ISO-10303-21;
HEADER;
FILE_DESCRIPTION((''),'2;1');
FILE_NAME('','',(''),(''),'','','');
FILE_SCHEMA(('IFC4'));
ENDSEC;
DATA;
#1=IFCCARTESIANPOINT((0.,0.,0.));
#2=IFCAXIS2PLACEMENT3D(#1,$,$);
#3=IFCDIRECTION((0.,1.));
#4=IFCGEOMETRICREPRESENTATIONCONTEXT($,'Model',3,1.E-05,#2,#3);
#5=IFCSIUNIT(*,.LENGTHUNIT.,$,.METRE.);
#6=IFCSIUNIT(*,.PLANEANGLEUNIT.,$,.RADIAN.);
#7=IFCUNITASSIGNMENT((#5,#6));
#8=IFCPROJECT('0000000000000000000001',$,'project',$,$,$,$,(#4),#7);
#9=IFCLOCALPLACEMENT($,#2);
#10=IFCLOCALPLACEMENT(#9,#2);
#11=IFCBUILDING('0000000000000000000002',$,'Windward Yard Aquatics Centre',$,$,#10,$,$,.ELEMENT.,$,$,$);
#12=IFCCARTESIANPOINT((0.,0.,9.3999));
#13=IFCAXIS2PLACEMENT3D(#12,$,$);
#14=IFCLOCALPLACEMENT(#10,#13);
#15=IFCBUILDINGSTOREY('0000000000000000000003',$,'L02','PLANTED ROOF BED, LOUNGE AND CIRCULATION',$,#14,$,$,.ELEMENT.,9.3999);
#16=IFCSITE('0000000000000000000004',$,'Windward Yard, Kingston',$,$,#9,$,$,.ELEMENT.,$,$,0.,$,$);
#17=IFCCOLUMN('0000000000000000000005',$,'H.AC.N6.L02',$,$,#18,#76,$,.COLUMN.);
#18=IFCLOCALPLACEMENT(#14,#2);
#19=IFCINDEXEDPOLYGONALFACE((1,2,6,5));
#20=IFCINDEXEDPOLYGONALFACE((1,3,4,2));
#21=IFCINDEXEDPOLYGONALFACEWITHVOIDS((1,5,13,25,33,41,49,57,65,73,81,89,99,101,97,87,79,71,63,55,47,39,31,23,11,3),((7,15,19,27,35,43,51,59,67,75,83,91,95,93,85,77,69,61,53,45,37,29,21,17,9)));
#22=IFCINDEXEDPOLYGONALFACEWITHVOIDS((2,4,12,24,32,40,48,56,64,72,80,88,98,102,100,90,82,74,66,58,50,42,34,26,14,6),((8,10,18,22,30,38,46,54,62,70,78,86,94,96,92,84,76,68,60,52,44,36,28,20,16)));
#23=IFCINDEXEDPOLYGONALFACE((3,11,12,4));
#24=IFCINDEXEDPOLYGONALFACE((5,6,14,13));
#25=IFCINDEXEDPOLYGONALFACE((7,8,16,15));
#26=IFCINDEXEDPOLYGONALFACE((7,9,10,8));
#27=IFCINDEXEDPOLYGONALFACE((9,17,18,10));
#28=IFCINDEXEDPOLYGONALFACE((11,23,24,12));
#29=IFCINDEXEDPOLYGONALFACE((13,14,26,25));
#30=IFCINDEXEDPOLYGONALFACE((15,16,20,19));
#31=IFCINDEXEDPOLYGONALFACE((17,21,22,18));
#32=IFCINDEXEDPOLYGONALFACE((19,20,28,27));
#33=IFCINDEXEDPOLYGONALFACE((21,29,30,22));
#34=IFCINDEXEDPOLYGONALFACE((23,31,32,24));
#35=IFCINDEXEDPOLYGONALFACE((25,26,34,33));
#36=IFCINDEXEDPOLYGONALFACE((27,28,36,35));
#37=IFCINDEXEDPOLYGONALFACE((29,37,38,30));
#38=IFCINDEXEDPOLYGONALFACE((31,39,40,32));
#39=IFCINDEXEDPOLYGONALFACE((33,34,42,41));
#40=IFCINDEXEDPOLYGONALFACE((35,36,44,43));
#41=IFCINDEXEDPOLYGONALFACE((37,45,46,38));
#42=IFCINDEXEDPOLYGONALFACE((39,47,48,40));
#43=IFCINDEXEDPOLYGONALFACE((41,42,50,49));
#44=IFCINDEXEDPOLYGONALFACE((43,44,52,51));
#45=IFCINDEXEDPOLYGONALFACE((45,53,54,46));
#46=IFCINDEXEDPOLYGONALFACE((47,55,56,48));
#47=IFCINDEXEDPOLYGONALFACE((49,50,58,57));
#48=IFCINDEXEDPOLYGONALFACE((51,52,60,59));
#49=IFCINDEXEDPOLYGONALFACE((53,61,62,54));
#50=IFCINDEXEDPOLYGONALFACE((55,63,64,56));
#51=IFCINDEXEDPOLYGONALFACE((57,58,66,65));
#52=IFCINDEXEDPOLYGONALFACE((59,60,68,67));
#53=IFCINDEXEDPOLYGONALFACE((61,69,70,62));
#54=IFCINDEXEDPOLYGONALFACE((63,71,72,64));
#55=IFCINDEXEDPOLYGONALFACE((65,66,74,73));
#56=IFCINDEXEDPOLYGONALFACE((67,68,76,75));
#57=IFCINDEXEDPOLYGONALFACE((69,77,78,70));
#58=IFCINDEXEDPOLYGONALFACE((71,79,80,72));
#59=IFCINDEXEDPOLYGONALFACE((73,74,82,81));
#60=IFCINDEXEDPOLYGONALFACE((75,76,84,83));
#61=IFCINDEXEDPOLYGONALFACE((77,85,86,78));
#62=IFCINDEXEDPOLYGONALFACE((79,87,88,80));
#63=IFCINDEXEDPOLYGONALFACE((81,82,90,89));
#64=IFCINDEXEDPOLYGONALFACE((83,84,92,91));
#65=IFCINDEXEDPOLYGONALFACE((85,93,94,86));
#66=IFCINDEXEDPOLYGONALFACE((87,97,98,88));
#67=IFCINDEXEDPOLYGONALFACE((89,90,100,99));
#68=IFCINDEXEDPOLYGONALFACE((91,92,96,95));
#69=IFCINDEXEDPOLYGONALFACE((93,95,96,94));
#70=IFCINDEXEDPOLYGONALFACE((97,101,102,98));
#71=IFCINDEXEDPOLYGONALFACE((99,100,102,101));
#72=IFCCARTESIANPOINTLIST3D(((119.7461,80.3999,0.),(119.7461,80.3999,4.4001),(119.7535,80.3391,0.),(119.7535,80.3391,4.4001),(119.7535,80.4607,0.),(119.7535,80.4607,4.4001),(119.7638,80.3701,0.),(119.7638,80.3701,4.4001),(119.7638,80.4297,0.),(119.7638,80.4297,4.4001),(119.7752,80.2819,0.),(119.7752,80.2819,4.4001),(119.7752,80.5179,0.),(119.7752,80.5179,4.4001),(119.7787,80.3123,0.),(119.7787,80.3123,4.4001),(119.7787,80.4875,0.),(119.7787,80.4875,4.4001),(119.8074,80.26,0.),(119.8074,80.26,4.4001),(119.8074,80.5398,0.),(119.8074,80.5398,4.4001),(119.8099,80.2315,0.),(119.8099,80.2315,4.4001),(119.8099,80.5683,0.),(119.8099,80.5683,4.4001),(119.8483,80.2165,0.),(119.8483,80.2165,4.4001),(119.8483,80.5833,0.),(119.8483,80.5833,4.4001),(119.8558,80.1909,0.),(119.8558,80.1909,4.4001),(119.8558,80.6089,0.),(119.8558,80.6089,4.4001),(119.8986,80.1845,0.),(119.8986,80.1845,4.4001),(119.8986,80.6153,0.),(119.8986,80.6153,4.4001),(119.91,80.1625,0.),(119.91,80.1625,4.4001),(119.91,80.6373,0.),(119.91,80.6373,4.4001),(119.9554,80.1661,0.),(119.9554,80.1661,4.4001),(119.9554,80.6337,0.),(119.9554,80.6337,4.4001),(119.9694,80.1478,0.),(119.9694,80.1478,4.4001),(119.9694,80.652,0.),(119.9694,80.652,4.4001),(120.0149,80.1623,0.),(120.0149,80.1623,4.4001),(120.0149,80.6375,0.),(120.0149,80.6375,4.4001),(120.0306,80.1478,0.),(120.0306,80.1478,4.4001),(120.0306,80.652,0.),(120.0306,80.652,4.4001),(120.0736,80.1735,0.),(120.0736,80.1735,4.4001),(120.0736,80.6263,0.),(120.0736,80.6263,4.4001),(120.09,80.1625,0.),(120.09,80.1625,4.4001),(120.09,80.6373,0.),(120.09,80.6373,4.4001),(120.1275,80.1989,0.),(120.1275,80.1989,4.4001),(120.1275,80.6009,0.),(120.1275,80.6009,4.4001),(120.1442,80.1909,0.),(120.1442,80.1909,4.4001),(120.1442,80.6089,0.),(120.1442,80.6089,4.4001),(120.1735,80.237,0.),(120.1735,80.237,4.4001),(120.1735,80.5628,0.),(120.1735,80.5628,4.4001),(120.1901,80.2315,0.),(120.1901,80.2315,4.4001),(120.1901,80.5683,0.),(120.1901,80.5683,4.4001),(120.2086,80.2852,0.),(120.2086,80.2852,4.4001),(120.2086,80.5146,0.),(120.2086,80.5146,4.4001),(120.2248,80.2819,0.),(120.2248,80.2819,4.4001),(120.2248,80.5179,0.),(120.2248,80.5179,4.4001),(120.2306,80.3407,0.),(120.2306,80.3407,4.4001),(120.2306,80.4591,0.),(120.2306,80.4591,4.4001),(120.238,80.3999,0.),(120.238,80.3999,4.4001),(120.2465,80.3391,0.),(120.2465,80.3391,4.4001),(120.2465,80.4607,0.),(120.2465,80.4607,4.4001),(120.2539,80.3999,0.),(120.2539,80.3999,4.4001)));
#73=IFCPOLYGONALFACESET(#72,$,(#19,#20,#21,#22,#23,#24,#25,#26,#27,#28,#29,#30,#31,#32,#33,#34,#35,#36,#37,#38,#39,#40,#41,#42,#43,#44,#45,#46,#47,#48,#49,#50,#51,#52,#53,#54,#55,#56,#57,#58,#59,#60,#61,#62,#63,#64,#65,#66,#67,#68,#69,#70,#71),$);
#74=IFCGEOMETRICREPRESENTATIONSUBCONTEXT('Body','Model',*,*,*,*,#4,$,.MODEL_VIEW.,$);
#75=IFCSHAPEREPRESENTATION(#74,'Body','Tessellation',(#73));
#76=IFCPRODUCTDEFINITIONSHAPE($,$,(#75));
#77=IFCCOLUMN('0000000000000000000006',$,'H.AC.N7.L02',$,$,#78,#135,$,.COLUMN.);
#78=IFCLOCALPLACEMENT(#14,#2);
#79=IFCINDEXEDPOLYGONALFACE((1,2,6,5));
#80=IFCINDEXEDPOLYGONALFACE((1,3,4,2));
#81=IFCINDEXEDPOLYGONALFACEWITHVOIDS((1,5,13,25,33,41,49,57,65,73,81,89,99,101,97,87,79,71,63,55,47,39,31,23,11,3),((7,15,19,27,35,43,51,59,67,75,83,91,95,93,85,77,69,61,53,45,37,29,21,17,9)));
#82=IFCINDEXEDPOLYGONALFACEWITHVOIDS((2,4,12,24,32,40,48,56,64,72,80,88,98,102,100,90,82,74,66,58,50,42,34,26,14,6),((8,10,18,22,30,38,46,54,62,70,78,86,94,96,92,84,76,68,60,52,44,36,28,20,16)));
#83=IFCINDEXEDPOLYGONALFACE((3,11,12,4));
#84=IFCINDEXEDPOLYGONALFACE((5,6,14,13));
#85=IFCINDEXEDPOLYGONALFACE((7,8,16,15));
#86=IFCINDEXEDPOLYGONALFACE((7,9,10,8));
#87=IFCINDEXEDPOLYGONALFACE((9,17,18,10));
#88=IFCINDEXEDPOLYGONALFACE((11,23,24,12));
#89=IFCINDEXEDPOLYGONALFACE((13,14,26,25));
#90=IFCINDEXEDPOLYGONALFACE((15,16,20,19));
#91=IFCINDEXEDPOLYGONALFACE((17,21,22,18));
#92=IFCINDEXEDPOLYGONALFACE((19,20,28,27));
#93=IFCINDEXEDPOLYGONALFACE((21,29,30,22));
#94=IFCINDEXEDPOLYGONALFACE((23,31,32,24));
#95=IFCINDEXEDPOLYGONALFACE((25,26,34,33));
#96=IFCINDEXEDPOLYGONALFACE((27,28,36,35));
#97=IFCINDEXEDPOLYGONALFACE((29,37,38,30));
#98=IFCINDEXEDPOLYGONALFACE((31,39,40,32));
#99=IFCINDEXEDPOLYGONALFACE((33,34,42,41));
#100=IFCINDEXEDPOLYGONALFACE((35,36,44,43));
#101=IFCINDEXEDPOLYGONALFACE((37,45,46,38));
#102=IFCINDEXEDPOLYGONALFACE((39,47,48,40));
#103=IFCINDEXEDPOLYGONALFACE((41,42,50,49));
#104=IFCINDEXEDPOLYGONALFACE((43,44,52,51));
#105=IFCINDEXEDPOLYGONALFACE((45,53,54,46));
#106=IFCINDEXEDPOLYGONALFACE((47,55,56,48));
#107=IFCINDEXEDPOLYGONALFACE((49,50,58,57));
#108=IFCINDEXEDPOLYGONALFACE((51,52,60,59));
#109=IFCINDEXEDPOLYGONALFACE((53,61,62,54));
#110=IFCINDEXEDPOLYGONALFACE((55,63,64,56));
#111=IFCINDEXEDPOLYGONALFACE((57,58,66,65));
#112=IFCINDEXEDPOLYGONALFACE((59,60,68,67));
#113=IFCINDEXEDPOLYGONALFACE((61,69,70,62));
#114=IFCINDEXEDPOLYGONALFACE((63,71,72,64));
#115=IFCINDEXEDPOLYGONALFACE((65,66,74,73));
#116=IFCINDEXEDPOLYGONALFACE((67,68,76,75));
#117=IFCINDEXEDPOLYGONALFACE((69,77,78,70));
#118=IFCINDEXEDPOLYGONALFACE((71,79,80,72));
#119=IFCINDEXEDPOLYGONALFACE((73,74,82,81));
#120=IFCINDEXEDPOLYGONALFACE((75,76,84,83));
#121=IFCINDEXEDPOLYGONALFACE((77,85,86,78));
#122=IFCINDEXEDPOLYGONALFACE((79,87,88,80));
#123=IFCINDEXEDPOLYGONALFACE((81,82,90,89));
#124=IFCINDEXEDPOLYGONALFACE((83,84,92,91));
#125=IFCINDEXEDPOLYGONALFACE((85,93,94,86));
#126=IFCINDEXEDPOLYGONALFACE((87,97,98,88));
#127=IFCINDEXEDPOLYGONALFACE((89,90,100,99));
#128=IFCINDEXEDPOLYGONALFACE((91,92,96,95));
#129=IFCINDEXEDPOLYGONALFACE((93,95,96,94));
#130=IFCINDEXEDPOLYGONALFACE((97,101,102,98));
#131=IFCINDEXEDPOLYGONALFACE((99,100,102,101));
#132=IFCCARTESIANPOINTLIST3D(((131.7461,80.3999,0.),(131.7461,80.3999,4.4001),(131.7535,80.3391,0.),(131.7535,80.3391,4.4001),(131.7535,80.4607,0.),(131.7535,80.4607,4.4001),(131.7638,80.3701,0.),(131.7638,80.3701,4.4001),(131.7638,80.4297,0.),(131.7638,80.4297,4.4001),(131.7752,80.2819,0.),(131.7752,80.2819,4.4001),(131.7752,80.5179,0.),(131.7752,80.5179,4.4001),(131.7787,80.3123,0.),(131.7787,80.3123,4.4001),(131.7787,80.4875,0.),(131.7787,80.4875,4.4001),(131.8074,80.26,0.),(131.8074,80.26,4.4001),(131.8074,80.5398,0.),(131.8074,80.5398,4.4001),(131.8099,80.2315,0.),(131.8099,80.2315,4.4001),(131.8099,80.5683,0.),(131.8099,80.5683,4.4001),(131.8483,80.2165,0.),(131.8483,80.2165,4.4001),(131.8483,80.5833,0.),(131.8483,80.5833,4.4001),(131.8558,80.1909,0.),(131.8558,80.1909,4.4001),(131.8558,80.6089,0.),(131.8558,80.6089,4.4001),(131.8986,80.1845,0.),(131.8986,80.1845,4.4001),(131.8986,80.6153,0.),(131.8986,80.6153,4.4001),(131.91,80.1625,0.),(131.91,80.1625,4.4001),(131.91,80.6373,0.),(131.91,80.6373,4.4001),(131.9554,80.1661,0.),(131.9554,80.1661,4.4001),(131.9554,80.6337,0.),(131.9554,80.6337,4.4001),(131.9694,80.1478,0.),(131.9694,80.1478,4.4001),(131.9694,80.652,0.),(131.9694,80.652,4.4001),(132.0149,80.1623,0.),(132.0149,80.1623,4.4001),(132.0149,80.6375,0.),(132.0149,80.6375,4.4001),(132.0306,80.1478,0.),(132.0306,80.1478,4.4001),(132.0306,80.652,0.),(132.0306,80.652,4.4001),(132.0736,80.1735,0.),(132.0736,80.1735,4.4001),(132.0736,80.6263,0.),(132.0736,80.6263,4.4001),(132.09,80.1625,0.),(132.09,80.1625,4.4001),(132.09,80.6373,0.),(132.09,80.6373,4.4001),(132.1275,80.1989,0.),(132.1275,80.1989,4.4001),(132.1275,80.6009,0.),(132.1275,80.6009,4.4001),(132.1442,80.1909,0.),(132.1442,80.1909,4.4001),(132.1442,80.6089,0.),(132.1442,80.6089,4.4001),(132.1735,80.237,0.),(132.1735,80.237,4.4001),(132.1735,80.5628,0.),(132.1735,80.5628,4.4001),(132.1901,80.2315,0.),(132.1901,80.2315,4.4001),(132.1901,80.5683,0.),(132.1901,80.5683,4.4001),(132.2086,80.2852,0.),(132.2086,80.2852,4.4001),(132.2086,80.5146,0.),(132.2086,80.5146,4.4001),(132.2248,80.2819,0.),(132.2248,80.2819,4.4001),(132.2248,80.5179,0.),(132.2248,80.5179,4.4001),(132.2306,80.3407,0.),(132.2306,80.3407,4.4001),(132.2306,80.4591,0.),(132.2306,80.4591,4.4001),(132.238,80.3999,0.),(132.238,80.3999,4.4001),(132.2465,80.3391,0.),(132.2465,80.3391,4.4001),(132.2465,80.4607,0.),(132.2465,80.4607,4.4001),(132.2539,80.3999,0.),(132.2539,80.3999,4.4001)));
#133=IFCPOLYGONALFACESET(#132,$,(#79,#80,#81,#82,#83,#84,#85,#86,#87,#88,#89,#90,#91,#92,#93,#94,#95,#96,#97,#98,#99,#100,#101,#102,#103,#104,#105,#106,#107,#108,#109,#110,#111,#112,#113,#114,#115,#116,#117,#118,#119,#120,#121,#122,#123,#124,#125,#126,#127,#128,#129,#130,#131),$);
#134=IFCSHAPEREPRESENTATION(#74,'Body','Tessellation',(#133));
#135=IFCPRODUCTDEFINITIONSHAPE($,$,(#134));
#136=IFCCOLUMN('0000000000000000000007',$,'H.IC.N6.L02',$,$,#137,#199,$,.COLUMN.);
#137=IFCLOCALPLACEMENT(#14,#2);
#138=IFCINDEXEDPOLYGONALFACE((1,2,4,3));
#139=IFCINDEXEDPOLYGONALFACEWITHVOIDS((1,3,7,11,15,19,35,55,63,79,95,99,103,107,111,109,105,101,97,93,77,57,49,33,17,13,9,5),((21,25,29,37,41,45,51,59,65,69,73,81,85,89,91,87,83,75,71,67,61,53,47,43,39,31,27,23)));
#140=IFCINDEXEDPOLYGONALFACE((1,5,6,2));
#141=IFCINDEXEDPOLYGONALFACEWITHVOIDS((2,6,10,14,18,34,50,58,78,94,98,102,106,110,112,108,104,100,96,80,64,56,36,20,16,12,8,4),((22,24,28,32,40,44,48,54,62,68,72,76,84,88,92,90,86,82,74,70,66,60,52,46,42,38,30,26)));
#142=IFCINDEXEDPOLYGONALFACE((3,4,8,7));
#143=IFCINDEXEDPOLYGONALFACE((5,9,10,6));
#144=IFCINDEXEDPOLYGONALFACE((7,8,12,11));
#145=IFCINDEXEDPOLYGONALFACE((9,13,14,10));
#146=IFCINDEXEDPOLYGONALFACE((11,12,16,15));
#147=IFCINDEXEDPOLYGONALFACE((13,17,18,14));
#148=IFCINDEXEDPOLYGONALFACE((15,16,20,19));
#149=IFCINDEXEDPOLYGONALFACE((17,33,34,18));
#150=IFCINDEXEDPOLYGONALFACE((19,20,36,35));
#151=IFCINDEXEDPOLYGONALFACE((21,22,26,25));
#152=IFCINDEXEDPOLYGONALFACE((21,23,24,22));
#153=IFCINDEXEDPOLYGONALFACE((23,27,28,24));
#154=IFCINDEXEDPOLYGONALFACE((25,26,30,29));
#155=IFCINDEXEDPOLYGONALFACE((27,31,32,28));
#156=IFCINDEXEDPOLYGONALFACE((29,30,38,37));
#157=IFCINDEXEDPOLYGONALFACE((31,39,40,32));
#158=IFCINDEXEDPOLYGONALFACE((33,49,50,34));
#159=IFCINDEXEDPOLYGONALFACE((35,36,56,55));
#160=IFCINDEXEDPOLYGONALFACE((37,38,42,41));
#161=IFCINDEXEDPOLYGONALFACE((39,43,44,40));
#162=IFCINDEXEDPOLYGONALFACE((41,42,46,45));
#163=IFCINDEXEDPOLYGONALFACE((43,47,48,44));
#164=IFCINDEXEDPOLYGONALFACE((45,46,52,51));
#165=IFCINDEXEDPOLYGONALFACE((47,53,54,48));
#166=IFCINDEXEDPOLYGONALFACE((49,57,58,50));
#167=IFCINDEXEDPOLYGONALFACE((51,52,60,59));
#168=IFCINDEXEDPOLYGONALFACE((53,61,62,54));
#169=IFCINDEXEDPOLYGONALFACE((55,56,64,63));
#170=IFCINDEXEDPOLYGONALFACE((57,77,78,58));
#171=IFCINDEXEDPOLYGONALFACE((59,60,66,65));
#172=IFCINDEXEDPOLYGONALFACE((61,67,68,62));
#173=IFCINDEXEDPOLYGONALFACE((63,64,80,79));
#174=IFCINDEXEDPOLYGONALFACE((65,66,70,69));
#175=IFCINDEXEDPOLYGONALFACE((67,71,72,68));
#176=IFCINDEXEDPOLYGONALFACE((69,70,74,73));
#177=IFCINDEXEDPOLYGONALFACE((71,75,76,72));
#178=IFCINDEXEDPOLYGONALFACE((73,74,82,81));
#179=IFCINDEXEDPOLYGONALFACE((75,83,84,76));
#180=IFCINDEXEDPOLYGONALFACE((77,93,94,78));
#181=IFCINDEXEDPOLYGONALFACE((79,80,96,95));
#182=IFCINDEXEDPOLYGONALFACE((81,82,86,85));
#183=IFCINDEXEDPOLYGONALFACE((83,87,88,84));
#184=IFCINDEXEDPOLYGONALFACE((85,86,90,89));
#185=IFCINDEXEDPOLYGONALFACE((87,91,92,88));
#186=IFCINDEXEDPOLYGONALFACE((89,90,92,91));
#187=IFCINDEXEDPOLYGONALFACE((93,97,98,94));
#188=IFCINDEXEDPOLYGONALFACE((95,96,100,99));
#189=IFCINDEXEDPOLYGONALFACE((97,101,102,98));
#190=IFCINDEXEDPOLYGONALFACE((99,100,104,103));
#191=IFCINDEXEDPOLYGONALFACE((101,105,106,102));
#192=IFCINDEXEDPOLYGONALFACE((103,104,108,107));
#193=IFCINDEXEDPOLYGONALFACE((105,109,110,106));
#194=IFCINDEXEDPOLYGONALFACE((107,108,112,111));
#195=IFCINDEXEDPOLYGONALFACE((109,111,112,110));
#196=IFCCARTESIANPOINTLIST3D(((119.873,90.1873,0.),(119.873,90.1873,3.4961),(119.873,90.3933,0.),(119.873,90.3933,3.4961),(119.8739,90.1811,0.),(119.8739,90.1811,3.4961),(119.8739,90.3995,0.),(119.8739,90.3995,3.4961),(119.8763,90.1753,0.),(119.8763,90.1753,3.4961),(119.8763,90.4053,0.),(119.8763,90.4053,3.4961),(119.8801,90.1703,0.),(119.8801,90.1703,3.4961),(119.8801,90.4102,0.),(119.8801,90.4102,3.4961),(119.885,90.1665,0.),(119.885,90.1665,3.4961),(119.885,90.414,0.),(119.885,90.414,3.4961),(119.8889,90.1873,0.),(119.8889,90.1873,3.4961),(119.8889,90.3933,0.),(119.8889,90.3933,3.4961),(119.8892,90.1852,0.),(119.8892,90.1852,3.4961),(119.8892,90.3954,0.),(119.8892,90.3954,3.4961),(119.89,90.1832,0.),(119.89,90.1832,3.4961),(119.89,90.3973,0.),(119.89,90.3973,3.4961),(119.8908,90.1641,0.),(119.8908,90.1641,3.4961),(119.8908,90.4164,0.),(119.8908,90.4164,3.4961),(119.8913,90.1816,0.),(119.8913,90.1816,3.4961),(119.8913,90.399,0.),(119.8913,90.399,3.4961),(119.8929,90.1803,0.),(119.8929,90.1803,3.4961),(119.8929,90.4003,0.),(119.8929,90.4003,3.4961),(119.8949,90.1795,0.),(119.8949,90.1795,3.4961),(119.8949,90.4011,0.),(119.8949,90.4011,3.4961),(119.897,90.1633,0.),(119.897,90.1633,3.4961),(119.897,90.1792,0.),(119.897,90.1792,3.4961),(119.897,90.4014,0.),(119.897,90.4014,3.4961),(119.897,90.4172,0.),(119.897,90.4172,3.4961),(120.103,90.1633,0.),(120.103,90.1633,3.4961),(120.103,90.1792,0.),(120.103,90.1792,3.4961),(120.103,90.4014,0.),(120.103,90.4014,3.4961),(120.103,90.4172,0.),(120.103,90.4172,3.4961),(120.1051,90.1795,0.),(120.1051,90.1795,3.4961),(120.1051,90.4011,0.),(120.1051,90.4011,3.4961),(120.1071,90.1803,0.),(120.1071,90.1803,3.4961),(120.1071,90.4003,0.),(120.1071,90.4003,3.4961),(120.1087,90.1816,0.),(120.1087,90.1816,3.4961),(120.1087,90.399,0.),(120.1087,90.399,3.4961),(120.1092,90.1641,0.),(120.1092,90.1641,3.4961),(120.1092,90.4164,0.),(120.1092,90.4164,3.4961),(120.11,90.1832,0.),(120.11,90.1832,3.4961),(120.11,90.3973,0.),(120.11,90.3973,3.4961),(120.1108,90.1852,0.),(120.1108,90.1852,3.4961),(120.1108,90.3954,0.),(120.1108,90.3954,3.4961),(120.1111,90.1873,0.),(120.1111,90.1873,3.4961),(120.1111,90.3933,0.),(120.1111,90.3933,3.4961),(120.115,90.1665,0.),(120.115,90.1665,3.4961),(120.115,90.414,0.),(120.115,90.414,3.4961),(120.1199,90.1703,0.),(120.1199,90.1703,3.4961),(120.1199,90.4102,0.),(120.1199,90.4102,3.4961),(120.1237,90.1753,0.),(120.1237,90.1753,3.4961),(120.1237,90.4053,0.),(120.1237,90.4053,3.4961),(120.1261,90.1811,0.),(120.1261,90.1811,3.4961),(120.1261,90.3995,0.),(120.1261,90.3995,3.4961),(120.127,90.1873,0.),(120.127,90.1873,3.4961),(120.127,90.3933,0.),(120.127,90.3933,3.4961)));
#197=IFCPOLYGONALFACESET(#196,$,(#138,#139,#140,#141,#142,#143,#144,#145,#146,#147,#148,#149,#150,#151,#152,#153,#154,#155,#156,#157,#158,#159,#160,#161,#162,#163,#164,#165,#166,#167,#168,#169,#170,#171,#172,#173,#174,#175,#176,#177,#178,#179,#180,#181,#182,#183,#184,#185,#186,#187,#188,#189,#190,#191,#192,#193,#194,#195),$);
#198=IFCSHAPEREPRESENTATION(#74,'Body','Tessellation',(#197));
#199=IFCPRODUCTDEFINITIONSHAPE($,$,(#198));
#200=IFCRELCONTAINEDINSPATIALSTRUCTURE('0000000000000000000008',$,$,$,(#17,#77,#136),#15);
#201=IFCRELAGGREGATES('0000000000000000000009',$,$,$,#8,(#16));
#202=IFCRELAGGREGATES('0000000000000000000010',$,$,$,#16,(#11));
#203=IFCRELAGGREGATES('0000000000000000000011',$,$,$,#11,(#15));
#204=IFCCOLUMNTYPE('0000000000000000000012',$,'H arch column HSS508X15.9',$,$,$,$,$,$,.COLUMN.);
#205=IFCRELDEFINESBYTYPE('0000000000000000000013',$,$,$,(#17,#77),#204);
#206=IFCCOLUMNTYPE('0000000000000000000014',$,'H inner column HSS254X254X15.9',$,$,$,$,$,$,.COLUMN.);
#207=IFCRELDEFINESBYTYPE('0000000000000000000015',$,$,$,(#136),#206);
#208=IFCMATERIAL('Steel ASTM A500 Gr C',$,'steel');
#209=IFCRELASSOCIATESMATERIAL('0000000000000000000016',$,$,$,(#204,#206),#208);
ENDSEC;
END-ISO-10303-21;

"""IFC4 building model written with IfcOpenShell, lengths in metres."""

from ifc_helpers import new_model, si_unit, direction, frame, origin, origin_2d, place, context, subcontext, project, spatial, hollow_rectangle, hollow_circle, extrude, material, material_profile, profile_set, type_object, element, save


model = new_model("IFC4")

# Units and contexts
model_context = context("Model", 3, precision=1e-05, world=origin(), true_north=direction((0.0, 1.0)))
body_context = subcontext(model_context, "Body", "Model", "MODEL_VIEW")
ifc_project = project(units=[si_unit("LENGTHUNIT", "METRE"), si_unit("PLANEANGLEUNIT", "RADIAN")], contexts=[model_context])

# Site, building, storey
site_placement = place(None, origin())
site = spatial("IfcSite", under=ifc_project, at=site_placement, Name="Windward Yard, Kingston", CompositionType="ELEMENT", RefElevation=0.0)
building_placement = place(site_placement, origin())
building = spatial("IfcBuilding", under=site, at=building_placement, Name="Windward Yard Aquatics Centre", CompositionType="ELEMENT")
storey_placement = place(building_placement, frame((0.0, 0.0, 9.3999)))
storey = spatial("IfcBuildingStorey", under=building, at=storey_placement, Name="L02", Description="PLANTED ROOF BED, LOUNGE AND CIRCULATION", CompositionType="ELEMENT", Elevation=9.3999)

# Columns
ifc_material_1 = material(Name="Steel ASTM A500 Gr C", Category="steel")
ifc_material_profile_1 = material_profile(ifc_material_1, hollow_circle(Radius=0.2539, WallThickness=0.0159, at=origin_2d()), Name="HSS508X15.9")
ifc_profile_set_1 = profile_set([ifc_material_profile_1], Name="Steel ASTM A500 Gr C")
column_type_1 = type_object("IfcColumnType", Name="H arch column HSS508X15.9", PredefinedType="COLUMN", material=ifc_profile_set_1)
for number, where, z_axis, x_axis, name in (
    (1, (120.0, 80.3999, 0.0), (0.0, 0.0, 1.0), (1.0, 0.0, 0.0), "H.AC.N6.L02"),
    (2, (132.0, 80.3999, 0.0), (0.0, 0.0, 1.0), (1.0, 0.0, 0.0), "H.AC.N7.L02"),
):
    element("IfcColumn", number, at=place(storey_placement, frame(where, z_axis=z_axis, x_axis=x_axis)), inside=storey, type_object=column_type_1, Name=name, PredefinedType="COLUMN", context=body_context, shape_type="SweptSolid", body=[
        extrude(hollow_circle(Radius=0.2539, WallThickness=0.0159, at=origin_2d()), origin(), (0.0, 0.0, 1.0), 4.4001),
    ])
ifc_material_profile_2 = material_profile(ifc_material_1, hollow_rectangle(XDim=0.2539, YDim=0.2539, WallThickness=0.0159, InnerFilletRadius=0.0081, OuterFilletRadius=0.0239, at=origin_2d()), Name="HSS254X254X15.9")
ifc_profile_set_2 = profile_set([ifc_material_profile_2], Name="Steel ASTM A500 Gr C")
column_type_2 = type_object("IfcColumnType", Name="H inner column HSS254X254X15.9", PredefinedType="COLUMN", material=ifc_profile_set_2)
for number, where, z_axis, x_axis, name in (
    (3, (120.0, 90.2903, 0.0), (0.0, 0.0, 1.0), (1.0, 0.0, 0.0), "H.IC.N6.L02"),
):
    element("IfcColumn", number, at=place(storey_placement, frame(where, z_axis=z_axis, x_axis=x_axis)), inside=storey, type_object=column_type_2, Name=name, PredefinedType="COLUMN", context=body_context, shape_type="SweptSolid", body=[
        extrude(hollow_rectangle(XDim=0.2539, YDim=0.2539, WallThickness=0.0159, InnerFilletRadius=0.0081, OuterFilletRadius=0.0239, at=origin_2d()), origin(), (0.0, 0.0, 1.0), 3.4961),
    ])

save(model, "model.ifc")
